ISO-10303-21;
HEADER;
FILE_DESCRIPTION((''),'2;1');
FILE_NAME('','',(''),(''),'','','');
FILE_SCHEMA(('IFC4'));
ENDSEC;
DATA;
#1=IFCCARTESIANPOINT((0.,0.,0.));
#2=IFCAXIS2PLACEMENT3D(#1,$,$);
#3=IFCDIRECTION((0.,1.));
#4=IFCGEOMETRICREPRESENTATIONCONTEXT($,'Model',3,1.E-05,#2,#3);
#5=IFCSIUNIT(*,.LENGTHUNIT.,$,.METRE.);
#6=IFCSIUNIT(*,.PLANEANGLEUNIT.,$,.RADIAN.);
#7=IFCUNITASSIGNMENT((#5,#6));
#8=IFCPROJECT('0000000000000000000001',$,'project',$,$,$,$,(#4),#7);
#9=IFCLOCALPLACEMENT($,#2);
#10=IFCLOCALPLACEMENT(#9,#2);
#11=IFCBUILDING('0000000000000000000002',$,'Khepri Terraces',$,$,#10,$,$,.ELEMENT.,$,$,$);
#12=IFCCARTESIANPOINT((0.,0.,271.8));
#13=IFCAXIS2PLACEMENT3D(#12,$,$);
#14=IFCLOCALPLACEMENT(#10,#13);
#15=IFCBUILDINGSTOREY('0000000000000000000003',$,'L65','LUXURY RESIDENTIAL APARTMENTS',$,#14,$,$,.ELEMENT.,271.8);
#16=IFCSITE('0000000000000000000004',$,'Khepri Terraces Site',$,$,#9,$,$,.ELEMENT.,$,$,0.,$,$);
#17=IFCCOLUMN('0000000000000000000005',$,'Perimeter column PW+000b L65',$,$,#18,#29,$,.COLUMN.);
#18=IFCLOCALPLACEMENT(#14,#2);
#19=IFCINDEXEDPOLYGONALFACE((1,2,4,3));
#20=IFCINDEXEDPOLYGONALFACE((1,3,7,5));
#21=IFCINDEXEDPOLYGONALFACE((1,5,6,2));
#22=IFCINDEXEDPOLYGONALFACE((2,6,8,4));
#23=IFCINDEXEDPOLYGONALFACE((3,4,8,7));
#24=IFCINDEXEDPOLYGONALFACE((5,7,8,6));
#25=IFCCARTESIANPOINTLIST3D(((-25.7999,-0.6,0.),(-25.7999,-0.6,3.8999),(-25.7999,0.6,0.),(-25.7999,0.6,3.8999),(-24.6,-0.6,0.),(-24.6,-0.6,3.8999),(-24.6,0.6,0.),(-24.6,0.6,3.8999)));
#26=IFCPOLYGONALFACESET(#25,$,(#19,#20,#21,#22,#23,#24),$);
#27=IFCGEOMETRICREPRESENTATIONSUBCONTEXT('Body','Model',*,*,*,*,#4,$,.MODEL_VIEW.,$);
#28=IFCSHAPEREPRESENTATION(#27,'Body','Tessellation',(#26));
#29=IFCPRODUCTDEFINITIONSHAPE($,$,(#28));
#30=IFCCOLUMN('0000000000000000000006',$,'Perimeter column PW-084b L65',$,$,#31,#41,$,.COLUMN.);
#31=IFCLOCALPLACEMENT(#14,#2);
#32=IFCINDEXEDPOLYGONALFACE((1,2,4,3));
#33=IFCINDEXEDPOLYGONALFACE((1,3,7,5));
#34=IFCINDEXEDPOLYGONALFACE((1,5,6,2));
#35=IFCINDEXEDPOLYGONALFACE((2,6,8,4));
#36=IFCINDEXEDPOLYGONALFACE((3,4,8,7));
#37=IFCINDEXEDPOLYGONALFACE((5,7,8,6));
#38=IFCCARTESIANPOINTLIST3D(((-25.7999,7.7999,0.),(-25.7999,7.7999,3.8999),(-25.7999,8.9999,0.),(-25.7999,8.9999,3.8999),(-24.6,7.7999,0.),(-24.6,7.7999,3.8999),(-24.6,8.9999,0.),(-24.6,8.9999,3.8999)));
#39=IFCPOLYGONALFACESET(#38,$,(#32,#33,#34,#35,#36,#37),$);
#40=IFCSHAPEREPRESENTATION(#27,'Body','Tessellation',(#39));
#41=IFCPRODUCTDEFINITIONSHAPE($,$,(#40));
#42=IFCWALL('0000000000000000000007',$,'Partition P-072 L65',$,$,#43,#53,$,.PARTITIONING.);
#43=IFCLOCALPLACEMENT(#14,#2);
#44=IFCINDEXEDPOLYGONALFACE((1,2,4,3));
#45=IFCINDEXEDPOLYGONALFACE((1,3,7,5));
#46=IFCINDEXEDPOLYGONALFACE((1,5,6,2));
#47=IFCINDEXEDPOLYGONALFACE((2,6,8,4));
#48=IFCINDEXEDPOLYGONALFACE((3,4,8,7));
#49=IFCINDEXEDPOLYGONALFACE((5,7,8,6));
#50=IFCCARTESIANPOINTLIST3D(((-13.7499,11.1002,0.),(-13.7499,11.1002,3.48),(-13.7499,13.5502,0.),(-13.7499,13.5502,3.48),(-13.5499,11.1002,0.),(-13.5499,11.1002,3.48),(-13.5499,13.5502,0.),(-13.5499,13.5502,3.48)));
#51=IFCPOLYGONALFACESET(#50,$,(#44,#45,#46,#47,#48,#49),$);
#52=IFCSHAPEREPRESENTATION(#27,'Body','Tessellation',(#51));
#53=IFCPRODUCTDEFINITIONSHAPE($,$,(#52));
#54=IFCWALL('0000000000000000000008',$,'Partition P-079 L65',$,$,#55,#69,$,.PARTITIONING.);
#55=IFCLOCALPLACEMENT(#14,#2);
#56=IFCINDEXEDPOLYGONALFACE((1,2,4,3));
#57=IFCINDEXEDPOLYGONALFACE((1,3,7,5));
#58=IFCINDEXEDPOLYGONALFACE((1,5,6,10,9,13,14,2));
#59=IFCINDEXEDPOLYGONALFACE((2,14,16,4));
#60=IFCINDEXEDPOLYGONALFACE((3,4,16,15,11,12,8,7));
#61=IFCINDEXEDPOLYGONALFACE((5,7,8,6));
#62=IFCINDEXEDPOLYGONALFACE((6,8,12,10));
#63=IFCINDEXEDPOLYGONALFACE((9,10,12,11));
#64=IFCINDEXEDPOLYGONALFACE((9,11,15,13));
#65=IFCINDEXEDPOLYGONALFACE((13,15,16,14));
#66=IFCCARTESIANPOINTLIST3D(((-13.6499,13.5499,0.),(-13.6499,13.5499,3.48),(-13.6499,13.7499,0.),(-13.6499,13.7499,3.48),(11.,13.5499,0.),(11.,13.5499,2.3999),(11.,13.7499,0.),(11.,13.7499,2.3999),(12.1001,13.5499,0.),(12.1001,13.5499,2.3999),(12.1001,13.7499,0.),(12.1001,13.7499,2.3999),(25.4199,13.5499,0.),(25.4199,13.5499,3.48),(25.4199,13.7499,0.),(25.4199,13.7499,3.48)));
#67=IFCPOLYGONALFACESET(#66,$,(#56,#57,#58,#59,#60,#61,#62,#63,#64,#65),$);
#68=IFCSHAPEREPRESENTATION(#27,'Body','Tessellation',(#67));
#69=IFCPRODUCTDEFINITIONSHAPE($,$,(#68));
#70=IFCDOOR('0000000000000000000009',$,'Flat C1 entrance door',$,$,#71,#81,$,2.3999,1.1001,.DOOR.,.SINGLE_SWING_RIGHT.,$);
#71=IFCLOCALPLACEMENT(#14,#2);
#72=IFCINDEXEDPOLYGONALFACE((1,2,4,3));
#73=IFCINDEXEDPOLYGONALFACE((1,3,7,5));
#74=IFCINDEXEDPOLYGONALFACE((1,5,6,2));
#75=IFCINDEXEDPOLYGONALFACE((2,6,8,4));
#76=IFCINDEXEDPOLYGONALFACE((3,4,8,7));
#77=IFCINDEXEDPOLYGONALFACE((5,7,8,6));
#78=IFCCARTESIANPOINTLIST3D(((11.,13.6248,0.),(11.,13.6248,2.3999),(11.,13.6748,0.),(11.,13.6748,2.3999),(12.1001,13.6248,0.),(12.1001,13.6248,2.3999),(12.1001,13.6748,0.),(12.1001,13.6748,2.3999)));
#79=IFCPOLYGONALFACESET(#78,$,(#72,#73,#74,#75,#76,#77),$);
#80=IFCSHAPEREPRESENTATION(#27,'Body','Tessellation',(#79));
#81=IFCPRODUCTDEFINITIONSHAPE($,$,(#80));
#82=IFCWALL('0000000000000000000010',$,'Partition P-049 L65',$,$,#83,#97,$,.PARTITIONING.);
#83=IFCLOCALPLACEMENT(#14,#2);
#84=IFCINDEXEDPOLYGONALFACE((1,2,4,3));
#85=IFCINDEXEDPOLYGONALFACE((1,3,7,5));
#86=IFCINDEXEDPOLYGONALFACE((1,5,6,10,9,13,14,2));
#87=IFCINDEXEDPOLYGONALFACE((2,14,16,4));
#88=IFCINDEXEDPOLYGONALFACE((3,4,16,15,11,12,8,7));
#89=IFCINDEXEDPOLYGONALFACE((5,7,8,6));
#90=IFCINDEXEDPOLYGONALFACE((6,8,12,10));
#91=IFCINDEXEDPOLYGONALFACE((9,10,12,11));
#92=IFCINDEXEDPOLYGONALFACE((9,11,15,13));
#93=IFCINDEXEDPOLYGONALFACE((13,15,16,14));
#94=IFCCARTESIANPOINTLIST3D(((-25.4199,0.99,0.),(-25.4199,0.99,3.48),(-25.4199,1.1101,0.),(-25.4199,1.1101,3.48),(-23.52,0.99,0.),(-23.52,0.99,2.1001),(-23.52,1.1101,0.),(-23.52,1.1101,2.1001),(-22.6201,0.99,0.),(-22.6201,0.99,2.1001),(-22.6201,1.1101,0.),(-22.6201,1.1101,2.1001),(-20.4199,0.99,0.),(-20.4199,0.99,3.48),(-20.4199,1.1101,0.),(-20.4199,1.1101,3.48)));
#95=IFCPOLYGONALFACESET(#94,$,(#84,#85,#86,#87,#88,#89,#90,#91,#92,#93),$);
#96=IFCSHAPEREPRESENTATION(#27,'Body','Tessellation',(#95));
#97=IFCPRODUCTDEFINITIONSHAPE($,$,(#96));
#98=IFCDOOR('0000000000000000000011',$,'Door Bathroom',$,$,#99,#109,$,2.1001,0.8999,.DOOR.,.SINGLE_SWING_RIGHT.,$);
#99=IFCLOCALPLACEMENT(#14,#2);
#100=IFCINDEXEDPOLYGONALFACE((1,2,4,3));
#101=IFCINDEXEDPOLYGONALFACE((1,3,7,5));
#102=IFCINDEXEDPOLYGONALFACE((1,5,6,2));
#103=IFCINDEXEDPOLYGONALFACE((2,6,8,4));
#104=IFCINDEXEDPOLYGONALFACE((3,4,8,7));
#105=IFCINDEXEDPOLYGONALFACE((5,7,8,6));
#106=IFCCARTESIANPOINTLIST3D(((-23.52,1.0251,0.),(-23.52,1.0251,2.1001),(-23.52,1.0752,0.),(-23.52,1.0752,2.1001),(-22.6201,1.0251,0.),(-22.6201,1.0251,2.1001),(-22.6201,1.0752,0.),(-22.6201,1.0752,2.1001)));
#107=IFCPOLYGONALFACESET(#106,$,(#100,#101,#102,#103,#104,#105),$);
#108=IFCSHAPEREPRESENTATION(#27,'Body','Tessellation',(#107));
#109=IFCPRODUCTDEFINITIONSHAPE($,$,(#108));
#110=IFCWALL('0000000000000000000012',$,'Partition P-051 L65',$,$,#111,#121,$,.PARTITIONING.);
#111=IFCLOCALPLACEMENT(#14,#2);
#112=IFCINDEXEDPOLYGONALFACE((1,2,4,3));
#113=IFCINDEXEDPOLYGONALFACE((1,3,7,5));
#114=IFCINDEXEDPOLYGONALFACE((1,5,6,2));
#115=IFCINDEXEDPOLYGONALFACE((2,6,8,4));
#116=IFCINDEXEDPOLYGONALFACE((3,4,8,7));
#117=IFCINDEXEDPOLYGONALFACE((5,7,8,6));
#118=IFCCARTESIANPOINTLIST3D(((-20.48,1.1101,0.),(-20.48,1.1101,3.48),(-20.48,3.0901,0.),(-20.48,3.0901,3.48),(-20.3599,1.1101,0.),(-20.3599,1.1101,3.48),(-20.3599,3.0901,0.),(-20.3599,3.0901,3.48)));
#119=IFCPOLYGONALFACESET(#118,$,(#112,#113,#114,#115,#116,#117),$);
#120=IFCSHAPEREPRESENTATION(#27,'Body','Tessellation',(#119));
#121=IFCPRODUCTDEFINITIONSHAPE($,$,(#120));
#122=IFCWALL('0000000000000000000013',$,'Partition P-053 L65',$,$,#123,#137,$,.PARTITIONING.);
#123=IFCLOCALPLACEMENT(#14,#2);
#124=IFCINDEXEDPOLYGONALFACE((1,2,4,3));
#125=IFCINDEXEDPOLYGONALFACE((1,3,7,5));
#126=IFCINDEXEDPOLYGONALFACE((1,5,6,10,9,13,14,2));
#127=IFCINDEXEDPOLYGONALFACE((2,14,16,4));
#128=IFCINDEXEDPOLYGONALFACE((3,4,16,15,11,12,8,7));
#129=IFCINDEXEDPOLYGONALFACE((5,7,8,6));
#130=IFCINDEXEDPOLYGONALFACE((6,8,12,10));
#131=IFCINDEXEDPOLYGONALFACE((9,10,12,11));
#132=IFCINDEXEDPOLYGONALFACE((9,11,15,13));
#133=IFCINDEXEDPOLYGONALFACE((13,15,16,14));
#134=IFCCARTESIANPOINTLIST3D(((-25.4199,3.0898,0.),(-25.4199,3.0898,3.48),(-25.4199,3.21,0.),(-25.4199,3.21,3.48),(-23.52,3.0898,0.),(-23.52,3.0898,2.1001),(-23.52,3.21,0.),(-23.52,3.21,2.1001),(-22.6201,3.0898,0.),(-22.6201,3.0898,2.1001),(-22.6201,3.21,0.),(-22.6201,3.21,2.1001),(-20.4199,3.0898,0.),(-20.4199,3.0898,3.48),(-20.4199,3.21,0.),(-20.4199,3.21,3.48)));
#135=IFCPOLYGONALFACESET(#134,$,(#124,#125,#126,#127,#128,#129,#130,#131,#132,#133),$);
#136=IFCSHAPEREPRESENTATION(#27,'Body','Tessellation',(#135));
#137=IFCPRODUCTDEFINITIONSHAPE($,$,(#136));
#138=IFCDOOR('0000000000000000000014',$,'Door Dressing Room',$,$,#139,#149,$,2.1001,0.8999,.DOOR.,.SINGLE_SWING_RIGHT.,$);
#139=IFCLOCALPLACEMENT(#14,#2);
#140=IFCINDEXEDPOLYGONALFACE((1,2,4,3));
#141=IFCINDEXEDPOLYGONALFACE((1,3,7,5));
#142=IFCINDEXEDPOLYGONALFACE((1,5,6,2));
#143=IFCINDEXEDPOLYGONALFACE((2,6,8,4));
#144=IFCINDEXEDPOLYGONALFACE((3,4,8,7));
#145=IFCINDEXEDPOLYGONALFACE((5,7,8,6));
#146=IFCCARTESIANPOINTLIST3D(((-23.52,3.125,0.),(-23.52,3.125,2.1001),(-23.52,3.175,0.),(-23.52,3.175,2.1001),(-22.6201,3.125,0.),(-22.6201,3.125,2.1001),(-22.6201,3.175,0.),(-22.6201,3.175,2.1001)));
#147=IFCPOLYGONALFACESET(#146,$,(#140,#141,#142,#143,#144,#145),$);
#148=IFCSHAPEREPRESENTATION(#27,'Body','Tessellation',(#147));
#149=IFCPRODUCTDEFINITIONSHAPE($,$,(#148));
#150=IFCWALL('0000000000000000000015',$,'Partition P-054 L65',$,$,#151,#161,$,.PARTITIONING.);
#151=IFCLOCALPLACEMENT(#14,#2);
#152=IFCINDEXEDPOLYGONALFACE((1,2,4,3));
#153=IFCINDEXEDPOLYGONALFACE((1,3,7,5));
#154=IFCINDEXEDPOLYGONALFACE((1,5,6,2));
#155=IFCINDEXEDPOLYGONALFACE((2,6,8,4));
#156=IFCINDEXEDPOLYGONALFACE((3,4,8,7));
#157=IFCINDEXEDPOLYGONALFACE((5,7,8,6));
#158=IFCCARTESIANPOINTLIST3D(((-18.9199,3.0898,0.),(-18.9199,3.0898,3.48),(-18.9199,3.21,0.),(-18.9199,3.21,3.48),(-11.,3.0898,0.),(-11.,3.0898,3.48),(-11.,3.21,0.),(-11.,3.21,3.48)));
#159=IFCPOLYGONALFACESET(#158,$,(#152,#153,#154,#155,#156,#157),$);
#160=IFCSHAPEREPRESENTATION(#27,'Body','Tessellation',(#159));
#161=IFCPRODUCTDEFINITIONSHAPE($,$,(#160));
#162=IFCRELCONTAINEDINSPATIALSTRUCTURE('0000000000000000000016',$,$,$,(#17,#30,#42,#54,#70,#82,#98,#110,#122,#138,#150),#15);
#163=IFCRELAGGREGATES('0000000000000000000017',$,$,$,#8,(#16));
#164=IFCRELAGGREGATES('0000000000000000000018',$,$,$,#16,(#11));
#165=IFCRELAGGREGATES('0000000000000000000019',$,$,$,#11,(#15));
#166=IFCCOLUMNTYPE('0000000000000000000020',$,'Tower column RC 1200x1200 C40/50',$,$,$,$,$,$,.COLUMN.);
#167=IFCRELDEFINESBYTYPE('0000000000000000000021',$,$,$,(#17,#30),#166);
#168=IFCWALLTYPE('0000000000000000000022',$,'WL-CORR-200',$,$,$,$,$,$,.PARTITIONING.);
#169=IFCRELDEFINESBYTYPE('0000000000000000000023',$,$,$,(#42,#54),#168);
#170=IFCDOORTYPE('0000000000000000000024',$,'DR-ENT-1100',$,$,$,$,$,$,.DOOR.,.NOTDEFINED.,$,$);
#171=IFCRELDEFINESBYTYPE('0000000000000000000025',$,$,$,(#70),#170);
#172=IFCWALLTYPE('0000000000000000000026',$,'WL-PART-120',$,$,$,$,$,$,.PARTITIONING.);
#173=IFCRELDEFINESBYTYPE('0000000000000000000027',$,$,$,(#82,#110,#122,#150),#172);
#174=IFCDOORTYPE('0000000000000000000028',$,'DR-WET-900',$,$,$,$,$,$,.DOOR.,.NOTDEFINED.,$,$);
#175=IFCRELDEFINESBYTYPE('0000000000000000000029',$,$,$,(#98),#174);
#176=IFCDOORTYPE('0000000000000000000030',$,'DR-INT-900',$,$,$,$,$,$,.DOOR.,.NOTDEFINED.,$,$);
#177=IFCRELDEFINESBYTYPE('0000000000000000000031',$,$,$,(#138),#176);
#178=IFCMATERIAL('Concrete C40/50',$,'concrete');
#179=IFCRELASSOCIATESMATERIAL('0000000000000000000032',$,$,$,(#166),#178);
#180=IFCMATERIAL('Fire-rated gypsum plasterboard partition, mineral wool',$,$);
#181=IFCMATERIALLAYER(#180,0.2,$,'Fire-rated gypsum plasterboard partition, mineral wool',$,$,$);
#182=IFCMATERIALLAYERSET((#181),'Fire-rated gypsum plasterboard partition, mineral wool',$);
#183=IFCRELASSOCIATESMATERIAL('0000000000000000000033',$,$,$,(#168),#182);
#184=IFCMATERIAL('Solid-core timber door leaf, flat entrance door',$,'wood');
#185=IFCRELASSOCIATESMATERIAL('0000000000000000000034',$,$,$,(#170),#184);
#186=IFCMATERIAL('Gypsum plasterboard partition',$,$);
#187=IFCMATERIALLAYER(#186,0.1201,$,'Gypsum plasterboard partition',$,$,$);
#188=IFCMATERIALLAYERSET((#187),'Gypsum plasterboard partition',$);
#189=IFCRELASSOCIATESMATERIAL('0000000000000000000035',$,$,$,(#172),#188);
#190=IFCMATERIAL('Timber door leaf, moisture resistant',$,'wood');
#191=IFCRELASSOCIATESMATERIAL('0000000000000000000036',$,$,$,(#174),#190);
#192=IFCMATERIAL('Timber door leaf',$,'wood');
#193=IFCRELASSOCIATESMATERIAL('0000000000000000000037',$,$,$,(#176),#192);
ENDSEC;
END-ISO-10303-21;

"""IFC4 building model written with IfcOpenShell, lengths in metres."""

from ifc_helpers import new_model, si_unit, direction, frame, frame_2d, origin, origin_2d, place, context, subcontext, project, spatial, rectangle, extrude, material, layer, layer_set, material_profile, profile_set, type_object, element, fill, save


model = new_model("IFC4")

# Units and contexts
model_context = context("Model", 3, precision=1e-05, world=origin(), true_north=direction((0.0, 1.0)))
body_context = subcontext(model_context, "Body", "Model", "MODEL_VIEW")
ifc_project = project(units=[si_unit("LENGTHUNIT", "METRE"), si_unit("PLANEANGLEUNIT", "RADIAN")], contexts=[model_context])

# Site, building, storey
site_placement = place(None, origin())
site = spatial("IfcSite", under=ifc_project, at=site_placement, Name="Khepri Terraces Site", CompositionType="ELEMENT", RefElevation=0.0)
building_placement = place(site_placement, origin())
building = spatial("IfcBuilding", under=site, at=building_placement, Name="Khepri Terraces", CompositionType="ELEMENT")
storey_placement = place(building_placement, frame((0.0, 0.0, 271.8)))
storey = spatial("IfcBuildingStorey", under=building, at=storey_placement, Name="L65", Description="LUXURY RESIDENTIAL APARTMENTS", CompositionType="ELEMENT", Elevation=271.8)

# Columns
ifc_material_1 = material(Name="Concrete C40/50", Category="concrete")
ifc_material_profile = material_profile(ifc_material_1, rectangle(XDim=1.2, YDim=1.2, at=origin_2d()), Name="Concrete C40/50", Category="concrete")
ifc_profile_set = profile_set([ifc_material_profile], Name="Concrete C40/50")
column_type = type_object("IfcColumnType", Name="Tower column RC 1200x1200 C40/50", PredefinedType="COLUMN", material=ifc_profile_set)
for number, where, z_axis, x_axis, name in (
    (1, (-25.2, 0.0, 0.0), (0.0, 0.0, 1.0), (1.0, 0.0, 0.0), "Perimeter column PW+000b L65"),
    (2, (-25.2, 8.3999, 0.0), (0.0, 0.0, 1.0), (1.0, 0.0, 0.0), "Perimeter column PW-084b L65"),
):
    element("IfcColumn", number, at=place(storey_placement, frame(where, z_axis=z_axis, x_axis=x_axis)), inside=storey, type_object=column_type, Name=name, PredefinedType="COLUMN", context=body_context, shape_type="SweptSolid", body=[
        extrude(rectangle(XDim=1.2, YDim=1.2, at=origin_2d()), origin(), (0.0, 0.0, 1.0), 3.8999),
    ])

# Shared definitions
ifc_material_2 = material(Name="Fire-rated gypsum plasterboard partition, mineral wool")
ifc_layer_1 = layer(ifc_material_2, 0.2, Name="Fire-rated gypsum plasterboard partition, mineral wool")
ifc_layer_set_1 = layer_set([ifc_layer_1], Name="Fire-rated gypsum plasterboard partition, mineral wool")
wall_type_1 = type_object("IfcWallType", Name="WL-CORR-200", PredefinedType="PARTITIONING", material=ifc_layer_set_1)
ifc_material_3 = material(Name="Solid-core timber door leaf, flat entrance door", Category="wood")
door_type_1 = type_object("IfcDoorType", Name="DR-ENT-1100", OperationType="NOTDEFINED", PredefinedType="DOOR", material=ifc_material_3)

# Wall
wall_1_placement = place(storey_placement, frame((-13.6499, 11.1001, 0.0), z_axis=(0.0, 0.0, 1.0), x_axis=(0.0, 1.0, 0.0)))
element("IfcWall", 3, at=wall_1_placement, inside=storey, type_object=wall_type_1, Name="Partition P-072 L65", PredefinedType="PARTITIONING", context=body_context, shape_type="SweptSolid", body=[
    extrude(rectangle(XDim=2.45, YDim=0.2, at=frame_2d((1.2251, 0.0))), origin(), (0.0, 0.0, 1.0), 3.48),
])

# Wall, opening, door
wall_2_placement = place(storey_placement, frame((-13.6499, 13.6499, 0.0), z_axis=(0.0, 0.0, 1.0), x_axis=(1.0, 0.0, 0.0)))
wall_2 = element("IfcWall", 4, at=wall_2_placement, inside=storey, type_object=wall_type_1, Name="Partition P-079 L65", PredefinedType="PARTITIONING", context=body_context, shape_type="SweptSolid", body=[
    extrude(rectangle(XDim=39.0698, YDim=0.2, at=frame_2d((19.5349, 0.0))), origin(), (0.0, 0.0, 1.0), 3.48),
])
opening_1_placement = place(wall_2_placement, frame((24.6499, 0.0, 0.0)))
opening_1 = element("IfcOpeningElement", 5, at=opening_1_placement, cuts=wall_2, PredefinedType="OPENING", context=body_context, shape_type="SweptSolid", body=[
    extrude(rectangle(XDim=1.1001, YDim=2.3999, at=frame_2d((0.55, 1.2))), frame((0.0, 0.1099, 0.0), z_axis=(0.0, -1.0, 0.0), x_axis=(1.0, 0.0, 0.0)), (0.0, 0.0, 1.0), 0.22),
])
door_1_placement = place(opening_1_placement, origin())
door_1 = element("IfcDoor", 6, at=door_1_placement, inside=storey, type_object=door_type_1, Name="Flat C1 entrance door", OperationType="SINGLE_SWING_RIGHT", OverallHeight=2.3999, OverallWidth=1.1001, PredefinedType="DOOR", context=body_context, shape_type="SweptSolid", body=[
    extrude(rectangle(XDim=1.1001, YDim=2.3999, at=frame_2d((0.55, 1.2))), frame((0.0, 0.0249, 0.0), z_axis=(0.0, -1.0, 0.0), x_axis=(1.0, 0.0, 0.0)), (0.0, 0.0, 1.0), 0.05),
])
fill(opening_1, door_1)

# Wall, opening, door
ifc_material_4 = material(Name="Gypsum plasterboard partition")
ifc_layer_2 = layer(ifc_material_4, 0.1201, Name="Gypsum plasterboard partition")
ifc_layer_set_2 = layer_set([ifc_layer_2], Name="Gypsum plasterboard partition")
wall_type_2 = type_object("IfcWallType", Name="WL-PART-120", PredefinedType="PARTITIONING", material=ifc_layer_set_2)
wall_3_placement = place(storey_placement, frame((-25.4199, 1.05, 0.0), z_axis=(0.0, 0.0, 1.0), x_axis=(1.0, 0.0, 0.0)))
wall_3 = element("IfcWall", 7, at=wall_3_placement, inside=storey, type_object=wall_type_2, Name="Partition P-049 L65", PredefinedType="PARTITIONING", context=body_context, shape_type="SweptSolid", body=[
    extrude(rectangle(XDim=5.0, YDim=0.1201, at=frame_2d((2.5, 0.0))), origin(), (0.0, 0.0, 1.0), 3.48),
])
opening_2_placement = place(wall_3_placement, frame((1.8999, 0.0, 0.0)))
opening_2 = element("IfcOpeningElement", 8, at=opening_2_placement, cuts=wall_3, PredefinedType="OPENING", context=body_context, shape_type="SweptSolid", body=[
    extrude(rectangle(XDim=0.8999, YDim=2.1001, at=frame_2d((0.45, 1.05))), frame((0.0, 0.0701, 0.0), z_axis=(0.0, -1.0, 0.0), x_axis=(1.0, 0.0, 0.0)), (0.0, 0.0, 1.0), 0.1401),
])
ifc_material_5 = material(Name="Timber door leaf, moisture resistant", Category="wood")
door_type_2 = type_object("IfcDoorType", Name="DR-WET-900", OperationType="NOTDEFINED", PredefinedType="DOOR", material=ifc_material_5)
door_2_placement = place(opening_2_placement, frame((0.8999, 0.0, 0.0), z_axis=(0.0, 0.0, 1.0), x_axis=(-1.0, 0.0, 0.0)))
door_2 = element("IfcDoor", 9, at=door_2_placement, inside=storey, type_object=door_type_2, Name="Door Bathroom", OperationType="SINGLE_SWING_RIGHT", OverallHeight=2.1001, OverallWidth=0.8999, PredefinedType="DOOR", context=body_context, shape_type="SweptSolid", body=[
    extrude(rectangle(XDim=0.8999, YDim=2.1001, at=frame_2d((0.45, 1.05))), frame((0.0, 0.0249, 0.0), z_axis=(0.0, -1.0, 0.0), x_axis=(1.0, 0.0, 0.0)), (0.0, 0.0, 1.0), 0.05),
])
fill(opening_2, door_2)

# Wall
wall_4_placement = place(storey_placement, frame((-20.4199, 1.1101, 0.0), z_axis=(0.0, 0.0, 1.0), x_axis=(0.0, 1.0, 0.0)))
element("IfcWall", 10, at=wall_4_placement, inside=storey, type_object=wall_type_2, Name="Partition P-051 L65", PredefinedType="PARTITIONING", context=body_context, shape_type="SweptSolid", body=[
    extrude(rectangle(XDim=1.98, YDim=0.1201, at=frame_2d((0.99, 0.0))), origin(), (0.0, 0.0, 1.0), 3.48),
])

# Wall, opening, door
wall_5_placement = place(storey_placement, frame((-25.4199, 3.1499, 0.0), z_axis=(0.0, 0.0, 1.0), x_axis=(1.0, 0.0, 0.0)))
wall_5 = element("IfcWall", 11, at=wall_5_placement, inside=storey, type_object=wall_type_2, Name="Partition P-053 L65", PredefinedType="PARTITIONING", context=body_context, shape_type="SweptSolid", body=[
    extrude(rectangle(XDim=5.0, YDim=0.1201, at=frame_2d((2.5, 0.0))), origin(), (0.0, 0.0, 1.0), 3.48),
])
opening_3_placement = place(wall_5_placement, frame((1.8999, 0.0, 0.0)))
opening_3 = element("IfcOpeningElement", 12, at=opening_3_placement, cuts=wall_5, PredefinedType="OPENING", context=body_context, shape_type="SweptSolid", body=[
    extrude(rectangle(XDim=0.8999, YDim=2.1001, at=frame_2d((0.45, 1.05))), frame((0.0, 0.0701, 0.0), z_axis=(0.0, -1.0, 0.0), x_axis=(1.0, 0.0, 0.0)), (0.0, 0.0, 1.0), 0.1401),
])
ifc_material_6 = material(Name="Timber door leaf", Category="wood")
door_type_3 = type_object("IfcDoorType", Name="DR-INT-900", OperationType="NOTDEFINED", PredefinedType="DOOR", material=ifc_material_6)
door_3_placement = place(opening_3_placement, frame((0.8999, 0.0, 0.0), z_axis=(0.0, 0.0, 1.0), x_axis=(-1.0, 0.0, 0.0)))
door_3 = element("IfcDoor", 13, at=door_3_placement, inside=storey, type_object=door_type_3, Name="Door Dressing Room", OperationType="SINGLE_SWING_RIGHT", OverallHeight=2.1001, OverallWidth=0.8999, PredefinedType="DOOR", context=body_context, shape_type="SweptSolid", body=[
    extrude(rectangle(XDim=0.8999, YDim=2.1001, at=frame_2d((0.45, 1.05))), frame((0.0, 0.0249, 0.0), z_axis=(0.0, -1.0, 0.0), x_axis=(1.0, 0.0, 0.0)), (0.0, 0.0, 1.0), 0.05),
])
fill(opening_3, door_3)

# Wall
wall_6_placement = place(storey_placement, frame((-18.9199, 3.1499, 0.0), z_axis=(0.0, 0.0, 1.0), x_axis=(1.0, 0.0, 0.0)))
element("IfcWall", 14, at=wall_6_placement, inside=storey, type_object=wall_type_2, Name="Partition P-054 L65", PredefinedType="PARTITIONING", context=body_context, shape_type="SweptSolid", body=[
    extrude(rectangle(XDim=7.9199, YDim=0.1201, at=frame_2d((3.96, 0.0))), origin(), (0.0, 0.0, 1.0), 3.48),
])

save(model, "model.ifc")
